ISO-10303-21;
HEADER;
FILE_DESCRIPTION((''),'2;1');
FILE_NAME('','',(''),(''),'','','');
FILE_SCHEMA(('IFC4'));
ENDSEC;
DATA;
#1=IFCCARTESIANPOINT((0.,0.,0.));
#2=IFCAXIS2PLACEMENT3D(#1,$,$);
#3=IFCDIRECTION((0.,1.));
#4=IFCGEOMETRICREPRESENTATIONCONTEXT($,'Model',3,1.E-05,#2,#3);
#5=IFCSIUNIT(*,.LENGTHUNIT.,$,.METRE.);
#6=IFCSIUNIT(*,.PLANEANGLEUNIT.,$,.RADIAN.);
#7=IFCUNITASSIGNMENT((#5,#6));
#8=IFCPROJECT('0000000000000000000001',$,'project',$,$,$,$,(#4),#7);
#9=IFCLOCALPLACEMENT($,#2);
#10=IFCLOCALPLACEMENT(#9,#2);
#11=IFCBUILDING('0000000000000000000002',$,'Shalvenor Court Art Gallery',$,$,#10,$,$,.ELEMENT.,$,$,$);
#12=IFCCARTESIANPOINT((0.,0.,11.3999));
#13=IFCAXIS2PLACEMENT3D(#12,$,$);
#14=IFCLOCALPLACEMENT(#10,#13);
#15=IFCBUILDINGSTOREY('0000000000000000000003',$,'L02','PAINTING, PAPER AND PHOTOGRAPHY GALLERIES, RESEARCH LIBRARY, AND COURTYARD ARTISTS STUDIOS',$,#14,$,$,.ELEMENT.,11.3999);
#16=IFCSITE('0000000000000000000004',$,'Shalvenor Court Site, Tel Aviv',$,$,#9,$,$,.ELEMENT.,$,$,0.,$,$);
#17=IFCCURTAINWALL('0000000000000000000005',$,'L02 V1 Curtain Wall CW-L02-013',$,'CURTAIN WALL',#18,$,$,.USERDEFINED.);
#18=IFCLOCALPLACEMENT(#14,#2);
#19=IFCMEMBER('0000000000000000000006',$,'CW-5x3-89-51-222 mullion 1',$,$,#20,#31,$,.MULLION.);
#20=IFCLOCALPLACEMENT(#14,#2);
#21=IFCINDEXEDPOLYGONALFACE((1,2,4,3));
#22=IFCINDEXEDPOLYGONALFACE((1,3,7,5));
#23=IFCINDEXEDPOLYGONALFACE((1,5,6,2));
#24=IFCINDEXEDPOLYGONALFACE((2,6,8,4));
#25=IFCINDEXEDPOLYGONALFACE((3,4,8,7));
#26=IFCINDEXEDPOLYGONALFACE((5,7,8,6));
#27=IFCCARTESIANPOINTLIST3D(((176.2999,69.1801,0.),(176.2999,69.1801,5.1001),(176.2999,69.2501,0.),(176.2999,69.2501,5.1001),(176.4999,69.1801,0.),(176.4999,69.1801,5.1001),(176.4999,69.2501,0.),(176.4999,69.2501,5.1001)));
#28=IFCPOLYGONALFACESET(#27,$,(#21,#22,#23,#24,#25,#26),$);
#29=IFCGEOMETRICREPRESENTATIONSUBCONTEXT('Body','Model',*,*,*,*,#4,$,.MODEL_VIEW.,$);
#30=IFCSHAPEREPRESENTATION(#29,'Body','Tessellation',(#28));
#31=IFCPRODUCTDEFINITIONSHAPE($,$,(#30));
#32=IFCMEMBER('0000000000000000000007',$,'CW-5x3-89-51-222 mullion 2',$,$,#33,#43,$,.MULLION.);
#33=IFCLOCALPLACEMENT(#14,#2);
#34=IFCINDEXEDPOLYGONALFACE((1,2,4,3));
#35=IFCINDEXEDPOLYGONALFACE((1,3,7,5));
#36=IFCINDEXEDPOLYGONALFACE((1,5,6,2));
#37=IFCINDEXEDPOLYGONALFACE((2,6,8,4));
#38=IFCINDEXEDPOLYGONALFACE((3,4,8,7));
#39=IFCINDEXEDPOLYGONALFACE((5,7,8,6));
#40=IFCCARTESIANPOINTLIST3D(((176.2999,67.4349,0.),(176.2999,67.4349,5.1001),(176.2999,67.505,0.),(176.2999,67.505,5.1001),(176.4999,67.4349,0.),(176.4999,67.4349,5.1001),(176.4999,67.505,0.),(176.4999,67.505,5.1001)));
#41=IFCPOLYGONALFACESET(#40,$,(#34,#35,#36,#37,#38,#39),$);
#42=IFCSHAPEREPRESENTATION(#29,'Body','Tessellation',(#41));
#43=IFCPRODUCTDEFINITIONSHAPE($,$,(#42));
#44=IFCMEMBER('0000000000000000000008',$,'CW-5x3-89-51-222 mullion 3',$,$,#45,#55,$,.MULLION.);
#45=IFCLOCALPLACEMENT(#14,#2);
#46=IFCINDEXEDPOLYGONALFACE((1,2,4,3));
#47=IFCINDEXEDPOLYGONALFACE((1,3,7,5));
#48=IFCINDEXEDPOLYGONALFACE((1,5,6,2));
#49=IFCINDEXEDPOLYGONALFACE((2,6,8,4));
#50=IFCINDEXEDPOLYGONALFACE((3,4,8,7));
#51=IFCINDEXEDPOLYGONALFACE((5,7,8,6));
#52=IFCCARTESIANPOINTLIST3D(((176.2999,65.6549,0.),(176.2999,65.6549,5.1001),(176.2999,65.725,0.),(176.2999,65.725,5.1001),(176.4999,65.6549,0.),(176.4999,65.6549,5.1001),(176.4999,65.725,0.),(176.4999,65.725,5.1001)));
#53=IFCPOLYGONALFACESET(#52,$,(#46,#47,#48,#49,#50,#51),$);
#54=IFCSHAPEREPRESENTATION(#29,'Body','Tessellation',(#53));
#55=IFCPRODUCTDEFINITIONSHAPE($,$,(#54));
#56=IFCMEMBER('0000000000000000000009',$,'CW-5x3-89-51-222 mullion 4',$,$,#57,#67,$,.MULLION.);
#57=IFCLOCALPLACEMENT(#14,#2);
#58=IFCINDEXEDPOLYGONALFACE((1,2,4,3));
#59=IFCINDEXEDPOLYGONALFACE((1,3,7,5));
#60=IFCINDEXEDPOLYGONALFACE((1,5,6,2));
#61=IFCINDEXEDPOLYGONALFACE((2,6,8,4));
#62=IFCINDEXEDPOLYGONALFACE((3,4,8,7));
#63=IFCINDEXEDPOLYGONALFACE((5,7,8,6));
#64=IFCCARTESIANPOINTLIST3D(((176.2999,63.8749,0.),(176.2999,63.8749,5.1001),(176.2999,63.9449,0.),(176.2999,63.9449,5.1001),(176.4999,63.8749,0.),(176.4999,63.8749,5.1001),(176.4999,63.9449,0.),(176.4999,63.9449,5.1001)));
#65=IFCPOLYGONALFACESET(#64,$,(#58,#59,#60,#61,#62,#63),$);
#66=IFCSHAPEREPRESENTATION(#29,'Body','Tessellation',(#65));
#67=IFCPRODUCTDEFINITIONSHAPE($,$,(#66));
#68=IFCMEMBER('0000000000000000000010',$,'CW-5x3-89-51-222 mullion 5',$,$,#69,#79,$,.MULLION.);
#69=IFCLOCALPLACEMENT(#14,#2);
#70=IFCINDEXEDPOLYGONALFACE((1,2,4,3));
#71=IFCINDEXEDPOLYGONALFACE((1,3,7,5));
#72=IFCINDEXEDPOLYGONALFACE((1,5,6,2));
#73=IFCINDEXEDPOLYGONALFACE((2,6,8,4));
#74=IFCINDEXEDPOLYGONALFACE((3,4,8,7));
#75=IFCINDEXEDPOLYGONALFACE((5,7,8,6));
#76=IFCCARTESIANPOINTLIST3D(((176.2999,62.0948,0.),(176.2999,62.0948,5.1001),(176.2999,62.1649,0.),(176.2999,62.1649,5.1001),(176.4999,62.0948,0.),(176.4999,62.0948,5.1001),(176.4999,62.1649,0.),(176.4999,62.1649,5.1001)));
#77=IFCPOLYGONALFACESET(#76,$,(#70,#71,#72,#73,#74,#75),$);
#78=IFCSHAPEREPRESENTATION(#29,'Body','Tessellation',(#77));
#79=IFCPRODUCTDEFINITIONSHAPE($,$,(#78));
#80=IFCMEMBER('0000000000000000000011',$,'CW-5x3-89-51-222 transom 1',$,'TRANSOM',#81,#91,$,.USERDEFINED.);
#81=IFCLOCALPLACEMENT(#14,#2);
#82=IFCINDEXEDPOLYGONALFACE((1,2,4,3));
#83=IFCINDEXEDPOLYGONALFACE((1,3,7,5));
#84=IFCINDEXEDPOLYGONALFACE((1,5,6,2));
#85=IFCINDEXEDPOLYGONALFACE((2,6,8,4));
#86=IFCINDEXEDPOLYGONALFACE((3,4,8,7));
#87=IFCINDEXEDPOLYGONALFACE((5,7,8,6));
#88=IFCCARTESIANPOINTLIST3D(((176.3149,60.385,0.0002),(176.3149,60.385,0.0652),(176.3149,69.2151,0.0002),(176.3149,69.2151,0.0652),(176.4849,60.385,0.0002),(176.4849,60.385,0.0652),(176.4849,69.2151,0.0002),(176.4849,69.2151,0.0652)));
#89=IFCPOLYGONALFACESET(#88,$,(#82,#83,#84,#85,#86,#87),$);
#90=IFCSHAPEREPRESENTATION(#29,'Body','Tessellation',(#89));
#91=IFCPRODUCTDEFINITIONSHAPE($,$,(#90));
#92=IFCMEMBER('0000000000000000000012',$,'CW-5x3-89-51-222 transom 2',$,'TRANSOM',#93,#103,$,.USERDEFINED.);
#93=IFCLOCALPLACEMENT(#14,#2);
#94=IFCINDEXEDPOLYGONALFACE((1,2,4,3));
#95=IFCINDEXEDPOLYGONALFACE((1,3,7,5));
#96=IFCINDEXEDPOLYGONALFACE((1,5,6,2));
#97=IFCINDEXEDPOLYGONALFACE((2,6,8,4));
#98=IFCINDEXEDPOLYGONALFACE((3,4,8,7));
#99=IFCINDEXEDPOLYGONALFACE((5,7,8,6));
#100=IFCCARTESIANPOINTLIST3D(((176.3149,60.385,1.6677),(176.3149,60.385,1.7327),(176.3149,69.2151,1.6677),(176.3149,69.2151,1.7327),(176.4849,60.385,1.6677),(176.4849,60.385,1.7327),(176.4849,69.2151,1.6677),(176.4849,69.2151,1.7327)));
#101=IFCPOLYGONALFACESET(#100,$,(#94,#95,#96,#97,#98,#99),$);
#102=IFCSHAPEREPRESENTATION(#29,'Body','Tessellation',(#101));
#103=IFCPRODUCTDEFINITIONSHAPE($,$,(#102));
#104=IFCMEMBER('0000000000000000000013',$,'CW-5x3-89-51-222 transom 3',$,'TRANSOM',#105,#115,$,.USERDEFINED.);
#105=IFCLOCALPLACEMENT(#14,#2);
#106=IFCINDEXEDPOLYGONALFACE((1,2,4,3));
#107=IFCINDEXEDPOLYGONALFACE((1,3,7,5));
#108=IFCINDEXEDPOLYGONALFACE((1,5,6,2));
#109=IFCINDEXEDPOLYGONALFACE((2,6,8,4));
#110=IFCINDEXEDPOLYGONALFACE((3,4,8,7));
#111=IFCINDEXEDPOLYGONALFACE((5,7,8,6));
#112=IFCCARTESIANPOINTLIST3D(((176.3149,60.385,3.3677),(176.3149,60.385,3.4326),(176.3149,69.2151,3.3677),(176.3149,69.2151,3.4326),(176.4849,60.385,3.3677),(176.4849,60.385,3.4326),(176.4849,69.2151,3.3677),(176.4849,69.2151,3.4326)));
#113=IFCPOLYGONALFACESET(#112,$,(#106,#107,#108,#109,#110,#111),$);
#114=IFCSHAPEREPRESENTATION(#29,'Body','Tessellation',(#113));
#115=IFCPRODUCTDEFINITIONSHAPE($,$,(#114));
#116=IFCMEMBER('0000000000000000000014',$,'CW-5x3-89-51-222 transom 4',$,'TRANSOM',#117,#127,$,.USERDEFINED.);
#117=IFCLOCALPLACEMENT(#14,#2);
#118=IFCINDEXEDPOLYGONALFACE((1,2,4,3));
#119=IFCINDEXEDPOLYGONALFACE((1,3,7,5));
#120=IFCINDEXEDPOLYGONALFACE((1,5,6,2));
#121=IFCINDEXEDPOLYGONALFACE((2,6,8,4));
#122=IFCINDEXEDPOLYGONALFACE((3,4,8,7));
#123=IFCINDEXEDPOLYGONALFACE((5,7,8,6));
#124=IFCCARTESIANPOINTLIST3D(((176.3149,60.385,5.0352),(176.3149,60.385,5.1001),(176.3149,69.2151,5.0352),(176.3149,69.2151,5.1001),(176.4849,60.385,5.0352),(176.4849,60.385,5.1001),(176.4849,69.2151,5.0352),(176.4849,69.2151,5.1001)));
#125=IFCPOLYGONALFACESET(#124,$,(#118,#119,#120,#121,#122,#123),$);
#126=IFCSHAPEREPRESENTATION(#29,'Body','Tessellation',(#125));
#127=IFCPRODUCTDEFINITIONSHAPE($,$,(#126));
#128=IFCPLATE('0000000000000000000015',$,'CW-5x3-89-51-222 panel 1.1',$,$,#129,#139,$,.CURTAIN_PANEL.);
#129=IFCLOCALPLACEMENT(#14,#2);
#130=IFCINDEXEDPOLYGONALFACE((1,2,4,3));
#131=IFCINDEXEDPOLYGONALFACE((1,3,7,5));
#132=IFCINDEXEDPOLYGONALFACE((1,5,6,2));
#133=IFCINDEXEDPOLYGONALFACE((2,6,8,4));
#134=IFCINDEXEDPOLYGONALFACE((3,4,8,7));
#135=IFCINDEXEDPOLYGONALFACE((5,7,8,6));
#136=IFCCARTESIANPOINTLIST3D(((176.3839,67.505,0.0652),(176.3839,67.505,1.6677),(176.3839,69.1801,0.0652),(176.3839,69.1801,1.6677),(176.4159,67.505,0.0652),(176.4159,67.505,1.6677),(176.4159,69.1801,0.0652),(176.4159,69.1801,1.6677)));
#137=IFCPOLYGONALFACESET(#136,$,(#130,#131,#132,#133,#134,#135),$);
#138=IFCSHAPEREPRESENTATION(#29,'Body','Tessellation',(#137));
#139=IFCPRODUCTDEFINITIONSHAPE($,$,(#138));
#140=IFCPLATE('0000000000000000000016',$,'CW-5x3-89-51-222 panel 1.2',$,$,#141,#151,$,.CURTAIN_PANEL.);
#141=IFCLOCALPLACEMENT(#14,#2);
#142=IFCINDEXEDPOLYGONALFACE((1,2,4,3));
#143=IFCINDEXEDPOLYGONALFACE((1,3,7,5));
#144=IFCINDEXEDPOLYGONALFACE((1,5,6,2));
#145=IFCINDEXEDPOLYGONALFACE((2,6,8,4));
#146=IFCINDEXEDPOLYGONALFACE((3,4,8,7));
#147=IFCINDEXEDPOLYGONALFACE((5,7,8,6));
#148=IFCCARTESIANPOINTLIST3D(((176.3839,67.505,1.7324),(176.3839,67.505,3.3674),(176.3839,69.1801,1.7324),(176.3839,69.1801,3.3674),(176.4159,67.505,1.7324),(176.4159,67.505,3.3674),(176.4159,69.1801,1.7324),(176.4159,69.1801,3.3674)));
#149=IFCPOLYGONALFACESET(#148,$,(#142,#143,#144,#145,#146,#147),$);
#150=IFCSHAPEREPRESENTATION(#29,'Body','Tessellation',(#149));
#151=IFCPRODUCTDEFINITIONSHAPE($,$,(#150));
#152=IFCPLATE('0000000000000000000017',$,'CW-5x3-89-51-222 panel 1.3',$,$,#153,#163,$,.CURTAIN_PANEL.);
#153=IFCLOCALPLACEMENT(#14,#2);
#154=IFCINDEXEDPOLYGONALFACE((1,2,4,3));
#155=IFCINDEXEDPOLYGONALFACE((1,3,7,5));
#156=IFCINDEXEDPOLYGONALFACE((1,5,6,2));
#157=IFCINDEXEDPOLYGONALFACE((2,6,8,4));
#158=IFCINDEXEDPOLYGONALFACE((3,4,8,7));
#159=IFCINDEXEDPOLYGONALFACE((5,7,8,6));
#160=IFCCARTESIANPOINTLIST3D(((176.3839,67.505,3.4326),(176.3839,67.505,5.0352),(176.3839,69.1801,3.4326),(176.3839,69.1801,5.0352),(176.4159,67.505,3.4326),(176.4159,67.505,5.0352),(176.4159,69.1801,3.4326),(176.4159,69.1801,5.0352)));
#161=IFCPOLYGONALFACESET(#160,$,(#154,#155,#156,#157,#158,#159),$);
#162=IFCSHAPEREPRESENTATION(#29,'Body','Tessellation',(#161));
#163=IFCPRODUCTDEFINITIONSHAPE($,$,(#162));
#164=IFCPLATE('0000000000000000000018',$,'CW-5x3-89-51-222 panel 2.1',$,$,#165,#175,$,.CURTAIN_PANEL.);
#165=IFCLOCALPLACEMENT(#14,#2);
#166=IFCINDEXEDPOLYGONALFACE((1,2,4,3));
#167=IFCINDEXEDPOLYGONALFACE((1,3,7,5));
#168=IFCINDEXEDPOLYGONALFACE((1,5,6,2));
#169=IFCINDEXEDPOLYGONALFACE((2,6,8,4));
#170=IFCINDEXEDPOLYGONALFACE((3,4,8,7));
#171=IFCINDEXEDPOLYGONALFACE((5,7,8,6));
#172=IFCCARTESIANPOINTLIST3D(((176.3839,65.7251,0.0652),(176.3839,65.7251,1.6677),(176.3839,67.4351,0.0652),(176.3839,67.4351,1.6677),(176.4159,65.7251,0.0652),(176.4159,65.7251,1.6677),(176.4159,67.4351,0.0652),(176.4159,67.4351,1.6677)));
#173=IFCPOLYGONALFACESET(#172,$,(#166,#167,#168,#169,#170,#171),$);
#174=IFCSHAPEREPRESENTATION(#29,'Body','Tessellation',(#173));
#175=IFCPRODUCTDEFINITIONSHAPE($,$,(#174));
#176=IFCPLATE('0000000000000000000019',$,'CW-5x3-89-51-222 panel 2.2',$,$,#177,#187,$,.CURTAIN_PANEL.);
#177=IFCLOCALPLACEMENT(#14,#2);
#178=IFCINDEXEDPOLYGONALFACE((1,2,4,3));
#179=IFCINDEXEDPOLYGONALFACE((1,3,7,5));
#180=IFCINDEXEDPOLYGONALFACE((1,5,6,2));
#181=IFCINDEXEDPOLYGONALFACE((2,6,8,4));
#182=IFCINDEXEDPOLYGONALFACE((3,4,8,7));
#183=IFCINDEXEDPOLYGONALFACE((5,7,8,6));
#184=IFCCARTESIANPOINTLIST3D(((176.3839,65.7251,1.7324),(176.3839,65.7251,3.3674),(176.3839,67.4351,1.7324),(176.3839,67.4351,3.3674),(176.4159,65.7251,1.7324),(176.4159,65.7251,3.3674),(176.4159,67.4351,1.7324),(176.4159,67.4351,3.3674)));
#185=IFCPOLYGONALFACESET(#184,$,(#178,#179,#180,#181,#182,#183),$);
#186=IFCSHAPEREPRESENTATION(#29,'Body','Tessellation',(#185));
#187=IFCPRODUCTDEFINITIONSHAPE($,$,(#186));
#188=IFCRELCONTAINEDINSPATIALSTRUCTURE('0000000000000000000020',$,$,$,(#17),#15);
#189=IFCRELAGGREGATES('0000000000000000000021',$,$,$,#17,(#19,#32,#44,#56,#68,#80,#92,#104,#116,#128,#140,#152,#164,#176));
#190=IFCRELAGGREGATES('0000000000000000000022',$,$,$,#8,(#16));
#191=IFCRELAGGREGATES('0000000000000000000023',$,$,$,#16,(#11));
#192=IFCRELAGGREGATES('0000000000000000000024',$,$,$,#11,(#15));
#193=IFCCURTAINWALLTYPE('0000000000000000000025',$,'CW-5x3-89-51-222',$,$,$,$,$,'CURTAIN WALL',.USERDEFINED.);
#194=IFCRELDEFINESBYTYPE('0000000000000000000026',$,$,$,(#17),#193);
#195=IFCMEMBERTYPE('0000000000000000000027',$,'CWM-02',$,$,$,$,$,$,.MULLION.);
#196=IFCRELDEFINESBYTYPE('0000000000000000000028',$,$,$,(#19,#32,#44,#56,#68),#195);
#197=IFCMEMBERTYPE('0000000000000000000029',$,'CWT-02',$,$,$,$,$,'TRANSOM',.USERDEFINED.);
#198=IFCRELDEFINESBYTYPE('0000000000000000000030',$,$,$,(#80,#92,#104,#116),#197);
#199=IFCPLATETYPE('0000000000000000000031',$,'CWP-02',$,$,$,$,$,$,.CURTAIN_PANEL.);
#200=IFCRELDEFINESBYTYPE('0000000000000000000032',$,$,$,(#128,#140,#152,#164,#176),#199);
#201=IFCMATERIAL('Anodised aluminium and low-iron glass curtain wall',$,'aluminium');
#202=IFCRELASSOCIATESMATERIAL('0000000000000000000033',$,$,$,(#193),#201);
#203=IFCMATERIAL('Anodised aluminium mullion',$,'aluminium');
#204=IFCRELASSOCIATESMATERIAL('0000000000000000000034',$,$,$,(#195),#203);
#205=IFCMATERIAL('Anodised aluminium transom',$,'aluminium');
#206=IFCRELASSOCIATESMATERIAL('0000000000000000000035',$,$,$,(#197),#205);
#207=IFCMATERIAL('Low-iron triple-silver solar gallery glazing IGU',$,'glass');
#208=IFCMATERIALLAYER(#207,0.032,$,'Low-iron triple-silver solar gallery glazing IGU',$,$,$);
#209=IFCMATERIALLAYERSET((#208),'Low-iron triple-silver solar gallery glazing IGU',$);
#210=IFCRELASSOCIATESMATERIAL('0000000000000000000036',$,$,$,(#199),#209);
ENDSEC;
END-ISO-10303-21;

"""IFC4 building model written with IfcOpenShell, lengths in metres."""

from ifc_helpers import new_model, si_unit, direction, frame, origin, origin_2d, place, context, subcontext, project, spatial, rectangle, extrude, material, layer, layer_set, material_profile, profile_set, type_object, element, aggregate, save


model = new_model("IFC4")

# Units and contexts
model_context = context("Model", 3, precision=1e-05, world=origin(), true_north=direction((0.0, 1.0)))
body_context = subcontext(model_context, "Body", "Model", "MODEL_VIEW")
ifc_project = project(units=[si_unit("LENGTHUNIT", "METRE"), si_unit("PLANEANGLEUNIT", "RADIAN")], contexts=[model_context])

# Site, building, storey
site_placement = place(None, origin())
site = spatial("IfcSite", under=ifc_project, at=site_placement, Name="Shalvenor Court Site, Tel Aviv", CompositionType="ELEMENT", RefElevation=0.0)
building_placement = place(site_placement, origin())
building = spatial("IfcBuilding", under=site, at=building_placement, Name="Shalvenor Court Art Gallery", CompositionType="ELEMENT")
storey_placement = place(building_placement, frame((0.0, 0.0, 11.3999)))
storey = spatial("IfcBuildingStorey", under=building, at=storey_placement, Name="L02", Description="PAINTING, PAPER AND PHOTOGRAPHY GALLERIES, RESEARCH LIBRARY, AND COURTYARD ARTISTS STUDIOS", CompositionType="ELEMENT", Elevation=11.3999)

# Curtain wall, members, plates
ifc_material_1 = material(Name="Anodised aluminium and low-iron glass curtain wall", Category="aluminium")
curtain_wall_type = type_object("IfcCurtainWallType", Name="CW-5x3-89-51-222", ElementType="CURTAIN WALL", PredefinedType="USERDEFINED", material=ifc_material_1)
curtain_wall_placement = place(storey_placement, origin())
curtain_wall = element("IfcCurtainWall", 1, at=curtain_wall_placement, inside=storey, type_object=curtain_wall_type, Name="L02 V1 Curtain Wall CW-L02-013", ObjectType="CURTAIN WALL", PredefinedType="USERDEFINED")
ifc_material_2 = material(Name="Anodised aluminium mullion", Category="aluminium")
ifc_material_profile_1 = material_profile(ifc_material_2, rectangle(XDim=0.0701, YDim=0.2, at=origin_2d()), Name="CWM-02")
ifc_profile_set_1 = profile_set([ifc_material_profile_1], Name="Anodised aluminium mullion")
member_type_1 = type_object("IfcMemberType", Name="CWM-02", PredefinedType="MULLION", material=ifc_profile_set_1)
member_1_placement = place(storey_placement, frame((176.3999, 69.2151, 0.0), z_axis=(0.0, 0.0, 1.0), x_axis=(0.0, -1.0, 0.0)))
member_1 = element("IfcMember", 2, at=member_1_placement, type_object=member_type_1, Name="CW-5x3-89-51-222 mullion 1", PredefinedType="MULLION", context=body_context, shape_type="SweptSolid", body=[
    extrude(rectangle(XDim=0.0701, YDim=0.2, at=origin_2d()), origin(), (0.0, 0.0, 1.0), 5.1001),
])
member_2_placement = place(storey_placement, frame((176.3999, 67.47, 0.0), z_axis=(0.0, 0.0, 1.0), x_axis=(0.0, -1.0, 0.0)))
member_2 = element("IfcMember", 3, at=member_2_placement, type_object=member_type_1, Name="CW-5x3-89-51-222 mullion 2", PredefinedType="MULLION", context=body_context, shape_type="SweptSolid", body=[
    extrude(rectangle(XDim=0.0701, YDim=0.2, at=origin_2d()), origin(), (0.0, 0.0, 1.0), 5.1001),
])
member_3_placement = place(storey_placement, frame((176.3999, 65.6899, 0.0), z_axis=(0.0, 0.0, 1.0), x_axis=(0.0, -1.0, 0.0)))
member_3 = element("IfcMember", 4, at=member_3_placement, type_object=member_type_1, Name="CW-5x3-89-51-222 mullion 3", PredefinedType="MULLION", context=body_context, shape_type="SweptSolid", body=[
    extrude(rectangle(XDim=0.0701, YDim=0.2, at=origin_2d()), origin(), (0.0, 0.0, 1.0), 5.1001),
])
member_4_placement = place(storey_placement, frame((176.3999, 63.9099, 0.0), z_axis=(0.0, 0.0, 1.0), x_axis=(0.0, -1.0, 0.0)))
member_4 = element("IfcMember", 5, at=member_4_placement, type_object=member_type_1, Name="CW-5x3-89-51-222 mullion 4", PredefinedType="MULLION", context=body_context, shape_type="SweptSolid", body=[
    extrude(rectangle(XDim=0.0701, YDim=0.2, at=origin_2d()), origin(), (0.0, 0.0, 1.0), 5.1001),
])
member_5_placement = place(storey_placement, frame((176.3999, 62.1299, 0.0), z_axis=(0.0, 0.0, 1.0), x_axis=(0.0, -1.0, 0.0)))
member_5 = element("IfcMember", 6, at=member_5_placement, type_object=member_type_1, Name="CW-5x3-89-51-222 mullion 5", PredefinedType="MULLION", context=body_context, shape_type="SweptSolid", body=[
    extrude(rectangle(XDim=0.0701, YDim=0.2, at=origin_2d()), origin(), (0.0, 0.0, 1.0), 5.1001),
])
ifc_material_3 = material(Name="Anodised aluminium transom", Category="aluminium")
ifc_material_profile_2 = material_profile(ifc_material_3, rectangle(XDim=0.1699, YDim=0.0649, at=origin_2d()), Name="CWT-02")
ifc_profile_set_2 = profile_set([ifc_material_profile_2], Name="Anodised aluminium transom")
member_type_2 = type_object("IfcMemberType", Name="CWT-02", ElementType="TRANSOM", PredefinedType="USERDEFINED", material=ifc_profile_set_2)
member_6_placement = place(storey_placement, frame((176.3999, 69.2151, 0.0327), z_axis=(0.0, -1.0, 0.0), x_axis=(1.0, 0.0, 0.0)))
member_6 = element("IfcMember", 7, at=member_6_placement, type_object=member_type_2, Name="CW-5x3-89-51-222 transom 1", ObjectType="TRANSOM", PredefinedType="USERDEFINED", context=body_context, shape_type="SweptSolid", body=[
    extrude(rectangle(XDim=0.1699, YDim=0.0649, at=origin_2d()), origin(), (0.0, 0.0, 1.0), 8.8301),
])
member_7_placement = place(storey_placement, frame((176.3999, 69.2151, 1.7002), z_axis=(0.0, -1.0, 0.0), x_axis=(1.0, 0.0, 0.0)))
member_7 = element("IfcMember", 8, at=member_7_placement, type_object=member_type_2, Name="CW-5x3-89-51-222 transom 2", ObjectType="TRANSOM", PredefinedType="USERDEFINED", context=body_context, shape_type="SweptSolid", body=[
    extrude(rectangle(XDim=0.1699, YDim=0.0649, at=origin_2d()), origin(), (0.0, 0.0, 1.0), 8.8301),
])
member_8_placement = place(storey_placement, frame((176.3999, 69.2151, 3.4001), z_axis=(0.0, -1.0, 0.0), x_axis=(1.0, 0.0, 0.0)))
member_8 = element("IfcMember", 9, at=member_8_placement, type_object=member_type_2, Name="CW-5x3-89-51-222 transom 3", ObjectType="TRANSOM", PredefinedType="USERDEFINED", context=body_context, shape_type="SweptSolid", body=[
    extrude(rectangle(XDim=0.1699, YDim=0.0649, at=origin_2d()), origin(), (0.0, 0.0, 1.0), 8.8301),
])
member_9_placement = place(storey_placement, frame((176.3999, 69.2151, 5.0676), z_axis=(0.0, -1.0, 0.0), x_axis=(1.0, 0.0, 0.0)))
member_9 = element("IfcMember", 10, at=member_9_placement, type_object=member_type_2, Name="CW-5x3-89-51-222 transom 4", ObjectType="TRANSOM", PredefinedType="USERDEFINED", context=body_context, shape_type="SweptSolid", body=[
    extrude(rectangle(XDim=0.1699, YDim=0.0649, at=origin_2d()), origin(), (0.0, 0.0, 1.0), 8.8301),
])
ifc_material_4 = material(Name="Low-iron triple-silver solar gallery glazing IGU", Category="glass")
ifc_layer_1 = layer(ifc_material_4, 0.032, Name="Low-iron triple-silver solar gallery glazing IGU")
ifc_layer_set_1 = layer_set([ifc_layer_1], Name="Low-iron triple-silver solar gallery glazing IGU")
plate_type_1 = type_object("IfcPlateType", Name="CWP-02", PredefinedType="CURTAIN_PANEL", material=ifc_layer_set_1)
plate_1_placement = place(storey_placement, frame((176.3999, 68.3425, 0.0652), z_axis=(0.0, 0.0, 1.0), x_axis=(0.0, -1.0, 0.0)))
plate_1 = element("IfcPlate", 11, at=plate_1_placement, type_object=plate_type_1, Name="CW-5x3-89-51-222 panel 1.1", PredefinedType="CURTAIN_PANEL", context=body_context, shape_type="SweptSolid", body=[
    extrude(rectangle(XDim=1.675, YDim=0.032, at=origin_2d()), origin(), (0.0, 0.0, 1.0), 1.6025),
])
plate_2_placement = place(storey_placement, frame((176.3999, 68.3425, 1.7324), z_axis=(0.0, 0.0, 1.0), x_axis=(0.0, -1.0, 0.0)))
plate_2 = element("IfcPlate", 12, at=plate_2_placement, type_object=plate_type_1, Name="CW-5x3-89-51-222 panel 1.2", PredefinedType="CURTAIN_PANEL", context=body_context, shape_type="SweptSolid", body=[
    extrude(rectangle(XDim=1.675, YDim=0.032, at=origin_2d()), origin(), (0.0, 0.0, 1.0), 1.635),
])
plate_3_placement = place(storey_placement, frame((176.3999, 68.3425, 3.4326), z_axis=(0.0, 0.0, 1.0), x_axis=(0.0, -1.0, 0.0)))
plate_3 = element("IfcPlate", 13, at=plate_3_placement, type_object=plate_type_1, Name="CW-5x3-89-51-222 panel 1.3", PredefinedType="CURTAIN_PANEL", context=body_context, shape_type="SweptSolid", body=[
    extrude(rectangle(XDim=1.675, YDim=0.032, at=origin_2d()), origin(), (0.0, 0.0, 1.0), 1.6025),
])
plate_4_placement = place(storey_placement, frame((176.3999, 66.5801, 0.0652), z_axis=(0.0, 0.0, 1.0), x_axis=(0.0, -1.0, 0.0)))
plate_4 = element("IfcPlate", 14, at=plate_4_placement, type_object=plate_type_1, Name="CW-5x3-89-51-222 panel 2.1", PredefinedType="CURTAIN_PANEL", context=body_context, shape_type="SweptSolid", body=[
    extrude(rectangle(XDim=1.71, YDim=0.032, at=origin_2d()), origin(), (0.0, 0.0, 1.0), 1.6025),
])
plate_5_placement = place(storey_placement, frame((176.3999, 66.5801, 1.7324), z_axis=(0.0, 0.0, 1.0), x_axis=(0.0, -1.0, 0.0)))
plate_5 = element("IfcPlate", 15, at=plate_5_placement, type_object=plate_type_1, Name="CW-5x3-89-51-222 panel 2.2", PredefinedType="CURTAIN_PANEL", context=body_context, shape_type="SweptSolid", body=[
    extrude(rectangle(XDim=1.71, YDim=0.032, at=origin_2d()), origin(), (0.0, 0.0, 1.0), 1.635),
])
aggregate(curtain_wall, [member_1, member_2, member_3, member_4, member_5, member_6, member_7, member_8, member_9, plate_1, plate_2, plate_3, plate_4, plate_5])

save(model, "model.ifc")
